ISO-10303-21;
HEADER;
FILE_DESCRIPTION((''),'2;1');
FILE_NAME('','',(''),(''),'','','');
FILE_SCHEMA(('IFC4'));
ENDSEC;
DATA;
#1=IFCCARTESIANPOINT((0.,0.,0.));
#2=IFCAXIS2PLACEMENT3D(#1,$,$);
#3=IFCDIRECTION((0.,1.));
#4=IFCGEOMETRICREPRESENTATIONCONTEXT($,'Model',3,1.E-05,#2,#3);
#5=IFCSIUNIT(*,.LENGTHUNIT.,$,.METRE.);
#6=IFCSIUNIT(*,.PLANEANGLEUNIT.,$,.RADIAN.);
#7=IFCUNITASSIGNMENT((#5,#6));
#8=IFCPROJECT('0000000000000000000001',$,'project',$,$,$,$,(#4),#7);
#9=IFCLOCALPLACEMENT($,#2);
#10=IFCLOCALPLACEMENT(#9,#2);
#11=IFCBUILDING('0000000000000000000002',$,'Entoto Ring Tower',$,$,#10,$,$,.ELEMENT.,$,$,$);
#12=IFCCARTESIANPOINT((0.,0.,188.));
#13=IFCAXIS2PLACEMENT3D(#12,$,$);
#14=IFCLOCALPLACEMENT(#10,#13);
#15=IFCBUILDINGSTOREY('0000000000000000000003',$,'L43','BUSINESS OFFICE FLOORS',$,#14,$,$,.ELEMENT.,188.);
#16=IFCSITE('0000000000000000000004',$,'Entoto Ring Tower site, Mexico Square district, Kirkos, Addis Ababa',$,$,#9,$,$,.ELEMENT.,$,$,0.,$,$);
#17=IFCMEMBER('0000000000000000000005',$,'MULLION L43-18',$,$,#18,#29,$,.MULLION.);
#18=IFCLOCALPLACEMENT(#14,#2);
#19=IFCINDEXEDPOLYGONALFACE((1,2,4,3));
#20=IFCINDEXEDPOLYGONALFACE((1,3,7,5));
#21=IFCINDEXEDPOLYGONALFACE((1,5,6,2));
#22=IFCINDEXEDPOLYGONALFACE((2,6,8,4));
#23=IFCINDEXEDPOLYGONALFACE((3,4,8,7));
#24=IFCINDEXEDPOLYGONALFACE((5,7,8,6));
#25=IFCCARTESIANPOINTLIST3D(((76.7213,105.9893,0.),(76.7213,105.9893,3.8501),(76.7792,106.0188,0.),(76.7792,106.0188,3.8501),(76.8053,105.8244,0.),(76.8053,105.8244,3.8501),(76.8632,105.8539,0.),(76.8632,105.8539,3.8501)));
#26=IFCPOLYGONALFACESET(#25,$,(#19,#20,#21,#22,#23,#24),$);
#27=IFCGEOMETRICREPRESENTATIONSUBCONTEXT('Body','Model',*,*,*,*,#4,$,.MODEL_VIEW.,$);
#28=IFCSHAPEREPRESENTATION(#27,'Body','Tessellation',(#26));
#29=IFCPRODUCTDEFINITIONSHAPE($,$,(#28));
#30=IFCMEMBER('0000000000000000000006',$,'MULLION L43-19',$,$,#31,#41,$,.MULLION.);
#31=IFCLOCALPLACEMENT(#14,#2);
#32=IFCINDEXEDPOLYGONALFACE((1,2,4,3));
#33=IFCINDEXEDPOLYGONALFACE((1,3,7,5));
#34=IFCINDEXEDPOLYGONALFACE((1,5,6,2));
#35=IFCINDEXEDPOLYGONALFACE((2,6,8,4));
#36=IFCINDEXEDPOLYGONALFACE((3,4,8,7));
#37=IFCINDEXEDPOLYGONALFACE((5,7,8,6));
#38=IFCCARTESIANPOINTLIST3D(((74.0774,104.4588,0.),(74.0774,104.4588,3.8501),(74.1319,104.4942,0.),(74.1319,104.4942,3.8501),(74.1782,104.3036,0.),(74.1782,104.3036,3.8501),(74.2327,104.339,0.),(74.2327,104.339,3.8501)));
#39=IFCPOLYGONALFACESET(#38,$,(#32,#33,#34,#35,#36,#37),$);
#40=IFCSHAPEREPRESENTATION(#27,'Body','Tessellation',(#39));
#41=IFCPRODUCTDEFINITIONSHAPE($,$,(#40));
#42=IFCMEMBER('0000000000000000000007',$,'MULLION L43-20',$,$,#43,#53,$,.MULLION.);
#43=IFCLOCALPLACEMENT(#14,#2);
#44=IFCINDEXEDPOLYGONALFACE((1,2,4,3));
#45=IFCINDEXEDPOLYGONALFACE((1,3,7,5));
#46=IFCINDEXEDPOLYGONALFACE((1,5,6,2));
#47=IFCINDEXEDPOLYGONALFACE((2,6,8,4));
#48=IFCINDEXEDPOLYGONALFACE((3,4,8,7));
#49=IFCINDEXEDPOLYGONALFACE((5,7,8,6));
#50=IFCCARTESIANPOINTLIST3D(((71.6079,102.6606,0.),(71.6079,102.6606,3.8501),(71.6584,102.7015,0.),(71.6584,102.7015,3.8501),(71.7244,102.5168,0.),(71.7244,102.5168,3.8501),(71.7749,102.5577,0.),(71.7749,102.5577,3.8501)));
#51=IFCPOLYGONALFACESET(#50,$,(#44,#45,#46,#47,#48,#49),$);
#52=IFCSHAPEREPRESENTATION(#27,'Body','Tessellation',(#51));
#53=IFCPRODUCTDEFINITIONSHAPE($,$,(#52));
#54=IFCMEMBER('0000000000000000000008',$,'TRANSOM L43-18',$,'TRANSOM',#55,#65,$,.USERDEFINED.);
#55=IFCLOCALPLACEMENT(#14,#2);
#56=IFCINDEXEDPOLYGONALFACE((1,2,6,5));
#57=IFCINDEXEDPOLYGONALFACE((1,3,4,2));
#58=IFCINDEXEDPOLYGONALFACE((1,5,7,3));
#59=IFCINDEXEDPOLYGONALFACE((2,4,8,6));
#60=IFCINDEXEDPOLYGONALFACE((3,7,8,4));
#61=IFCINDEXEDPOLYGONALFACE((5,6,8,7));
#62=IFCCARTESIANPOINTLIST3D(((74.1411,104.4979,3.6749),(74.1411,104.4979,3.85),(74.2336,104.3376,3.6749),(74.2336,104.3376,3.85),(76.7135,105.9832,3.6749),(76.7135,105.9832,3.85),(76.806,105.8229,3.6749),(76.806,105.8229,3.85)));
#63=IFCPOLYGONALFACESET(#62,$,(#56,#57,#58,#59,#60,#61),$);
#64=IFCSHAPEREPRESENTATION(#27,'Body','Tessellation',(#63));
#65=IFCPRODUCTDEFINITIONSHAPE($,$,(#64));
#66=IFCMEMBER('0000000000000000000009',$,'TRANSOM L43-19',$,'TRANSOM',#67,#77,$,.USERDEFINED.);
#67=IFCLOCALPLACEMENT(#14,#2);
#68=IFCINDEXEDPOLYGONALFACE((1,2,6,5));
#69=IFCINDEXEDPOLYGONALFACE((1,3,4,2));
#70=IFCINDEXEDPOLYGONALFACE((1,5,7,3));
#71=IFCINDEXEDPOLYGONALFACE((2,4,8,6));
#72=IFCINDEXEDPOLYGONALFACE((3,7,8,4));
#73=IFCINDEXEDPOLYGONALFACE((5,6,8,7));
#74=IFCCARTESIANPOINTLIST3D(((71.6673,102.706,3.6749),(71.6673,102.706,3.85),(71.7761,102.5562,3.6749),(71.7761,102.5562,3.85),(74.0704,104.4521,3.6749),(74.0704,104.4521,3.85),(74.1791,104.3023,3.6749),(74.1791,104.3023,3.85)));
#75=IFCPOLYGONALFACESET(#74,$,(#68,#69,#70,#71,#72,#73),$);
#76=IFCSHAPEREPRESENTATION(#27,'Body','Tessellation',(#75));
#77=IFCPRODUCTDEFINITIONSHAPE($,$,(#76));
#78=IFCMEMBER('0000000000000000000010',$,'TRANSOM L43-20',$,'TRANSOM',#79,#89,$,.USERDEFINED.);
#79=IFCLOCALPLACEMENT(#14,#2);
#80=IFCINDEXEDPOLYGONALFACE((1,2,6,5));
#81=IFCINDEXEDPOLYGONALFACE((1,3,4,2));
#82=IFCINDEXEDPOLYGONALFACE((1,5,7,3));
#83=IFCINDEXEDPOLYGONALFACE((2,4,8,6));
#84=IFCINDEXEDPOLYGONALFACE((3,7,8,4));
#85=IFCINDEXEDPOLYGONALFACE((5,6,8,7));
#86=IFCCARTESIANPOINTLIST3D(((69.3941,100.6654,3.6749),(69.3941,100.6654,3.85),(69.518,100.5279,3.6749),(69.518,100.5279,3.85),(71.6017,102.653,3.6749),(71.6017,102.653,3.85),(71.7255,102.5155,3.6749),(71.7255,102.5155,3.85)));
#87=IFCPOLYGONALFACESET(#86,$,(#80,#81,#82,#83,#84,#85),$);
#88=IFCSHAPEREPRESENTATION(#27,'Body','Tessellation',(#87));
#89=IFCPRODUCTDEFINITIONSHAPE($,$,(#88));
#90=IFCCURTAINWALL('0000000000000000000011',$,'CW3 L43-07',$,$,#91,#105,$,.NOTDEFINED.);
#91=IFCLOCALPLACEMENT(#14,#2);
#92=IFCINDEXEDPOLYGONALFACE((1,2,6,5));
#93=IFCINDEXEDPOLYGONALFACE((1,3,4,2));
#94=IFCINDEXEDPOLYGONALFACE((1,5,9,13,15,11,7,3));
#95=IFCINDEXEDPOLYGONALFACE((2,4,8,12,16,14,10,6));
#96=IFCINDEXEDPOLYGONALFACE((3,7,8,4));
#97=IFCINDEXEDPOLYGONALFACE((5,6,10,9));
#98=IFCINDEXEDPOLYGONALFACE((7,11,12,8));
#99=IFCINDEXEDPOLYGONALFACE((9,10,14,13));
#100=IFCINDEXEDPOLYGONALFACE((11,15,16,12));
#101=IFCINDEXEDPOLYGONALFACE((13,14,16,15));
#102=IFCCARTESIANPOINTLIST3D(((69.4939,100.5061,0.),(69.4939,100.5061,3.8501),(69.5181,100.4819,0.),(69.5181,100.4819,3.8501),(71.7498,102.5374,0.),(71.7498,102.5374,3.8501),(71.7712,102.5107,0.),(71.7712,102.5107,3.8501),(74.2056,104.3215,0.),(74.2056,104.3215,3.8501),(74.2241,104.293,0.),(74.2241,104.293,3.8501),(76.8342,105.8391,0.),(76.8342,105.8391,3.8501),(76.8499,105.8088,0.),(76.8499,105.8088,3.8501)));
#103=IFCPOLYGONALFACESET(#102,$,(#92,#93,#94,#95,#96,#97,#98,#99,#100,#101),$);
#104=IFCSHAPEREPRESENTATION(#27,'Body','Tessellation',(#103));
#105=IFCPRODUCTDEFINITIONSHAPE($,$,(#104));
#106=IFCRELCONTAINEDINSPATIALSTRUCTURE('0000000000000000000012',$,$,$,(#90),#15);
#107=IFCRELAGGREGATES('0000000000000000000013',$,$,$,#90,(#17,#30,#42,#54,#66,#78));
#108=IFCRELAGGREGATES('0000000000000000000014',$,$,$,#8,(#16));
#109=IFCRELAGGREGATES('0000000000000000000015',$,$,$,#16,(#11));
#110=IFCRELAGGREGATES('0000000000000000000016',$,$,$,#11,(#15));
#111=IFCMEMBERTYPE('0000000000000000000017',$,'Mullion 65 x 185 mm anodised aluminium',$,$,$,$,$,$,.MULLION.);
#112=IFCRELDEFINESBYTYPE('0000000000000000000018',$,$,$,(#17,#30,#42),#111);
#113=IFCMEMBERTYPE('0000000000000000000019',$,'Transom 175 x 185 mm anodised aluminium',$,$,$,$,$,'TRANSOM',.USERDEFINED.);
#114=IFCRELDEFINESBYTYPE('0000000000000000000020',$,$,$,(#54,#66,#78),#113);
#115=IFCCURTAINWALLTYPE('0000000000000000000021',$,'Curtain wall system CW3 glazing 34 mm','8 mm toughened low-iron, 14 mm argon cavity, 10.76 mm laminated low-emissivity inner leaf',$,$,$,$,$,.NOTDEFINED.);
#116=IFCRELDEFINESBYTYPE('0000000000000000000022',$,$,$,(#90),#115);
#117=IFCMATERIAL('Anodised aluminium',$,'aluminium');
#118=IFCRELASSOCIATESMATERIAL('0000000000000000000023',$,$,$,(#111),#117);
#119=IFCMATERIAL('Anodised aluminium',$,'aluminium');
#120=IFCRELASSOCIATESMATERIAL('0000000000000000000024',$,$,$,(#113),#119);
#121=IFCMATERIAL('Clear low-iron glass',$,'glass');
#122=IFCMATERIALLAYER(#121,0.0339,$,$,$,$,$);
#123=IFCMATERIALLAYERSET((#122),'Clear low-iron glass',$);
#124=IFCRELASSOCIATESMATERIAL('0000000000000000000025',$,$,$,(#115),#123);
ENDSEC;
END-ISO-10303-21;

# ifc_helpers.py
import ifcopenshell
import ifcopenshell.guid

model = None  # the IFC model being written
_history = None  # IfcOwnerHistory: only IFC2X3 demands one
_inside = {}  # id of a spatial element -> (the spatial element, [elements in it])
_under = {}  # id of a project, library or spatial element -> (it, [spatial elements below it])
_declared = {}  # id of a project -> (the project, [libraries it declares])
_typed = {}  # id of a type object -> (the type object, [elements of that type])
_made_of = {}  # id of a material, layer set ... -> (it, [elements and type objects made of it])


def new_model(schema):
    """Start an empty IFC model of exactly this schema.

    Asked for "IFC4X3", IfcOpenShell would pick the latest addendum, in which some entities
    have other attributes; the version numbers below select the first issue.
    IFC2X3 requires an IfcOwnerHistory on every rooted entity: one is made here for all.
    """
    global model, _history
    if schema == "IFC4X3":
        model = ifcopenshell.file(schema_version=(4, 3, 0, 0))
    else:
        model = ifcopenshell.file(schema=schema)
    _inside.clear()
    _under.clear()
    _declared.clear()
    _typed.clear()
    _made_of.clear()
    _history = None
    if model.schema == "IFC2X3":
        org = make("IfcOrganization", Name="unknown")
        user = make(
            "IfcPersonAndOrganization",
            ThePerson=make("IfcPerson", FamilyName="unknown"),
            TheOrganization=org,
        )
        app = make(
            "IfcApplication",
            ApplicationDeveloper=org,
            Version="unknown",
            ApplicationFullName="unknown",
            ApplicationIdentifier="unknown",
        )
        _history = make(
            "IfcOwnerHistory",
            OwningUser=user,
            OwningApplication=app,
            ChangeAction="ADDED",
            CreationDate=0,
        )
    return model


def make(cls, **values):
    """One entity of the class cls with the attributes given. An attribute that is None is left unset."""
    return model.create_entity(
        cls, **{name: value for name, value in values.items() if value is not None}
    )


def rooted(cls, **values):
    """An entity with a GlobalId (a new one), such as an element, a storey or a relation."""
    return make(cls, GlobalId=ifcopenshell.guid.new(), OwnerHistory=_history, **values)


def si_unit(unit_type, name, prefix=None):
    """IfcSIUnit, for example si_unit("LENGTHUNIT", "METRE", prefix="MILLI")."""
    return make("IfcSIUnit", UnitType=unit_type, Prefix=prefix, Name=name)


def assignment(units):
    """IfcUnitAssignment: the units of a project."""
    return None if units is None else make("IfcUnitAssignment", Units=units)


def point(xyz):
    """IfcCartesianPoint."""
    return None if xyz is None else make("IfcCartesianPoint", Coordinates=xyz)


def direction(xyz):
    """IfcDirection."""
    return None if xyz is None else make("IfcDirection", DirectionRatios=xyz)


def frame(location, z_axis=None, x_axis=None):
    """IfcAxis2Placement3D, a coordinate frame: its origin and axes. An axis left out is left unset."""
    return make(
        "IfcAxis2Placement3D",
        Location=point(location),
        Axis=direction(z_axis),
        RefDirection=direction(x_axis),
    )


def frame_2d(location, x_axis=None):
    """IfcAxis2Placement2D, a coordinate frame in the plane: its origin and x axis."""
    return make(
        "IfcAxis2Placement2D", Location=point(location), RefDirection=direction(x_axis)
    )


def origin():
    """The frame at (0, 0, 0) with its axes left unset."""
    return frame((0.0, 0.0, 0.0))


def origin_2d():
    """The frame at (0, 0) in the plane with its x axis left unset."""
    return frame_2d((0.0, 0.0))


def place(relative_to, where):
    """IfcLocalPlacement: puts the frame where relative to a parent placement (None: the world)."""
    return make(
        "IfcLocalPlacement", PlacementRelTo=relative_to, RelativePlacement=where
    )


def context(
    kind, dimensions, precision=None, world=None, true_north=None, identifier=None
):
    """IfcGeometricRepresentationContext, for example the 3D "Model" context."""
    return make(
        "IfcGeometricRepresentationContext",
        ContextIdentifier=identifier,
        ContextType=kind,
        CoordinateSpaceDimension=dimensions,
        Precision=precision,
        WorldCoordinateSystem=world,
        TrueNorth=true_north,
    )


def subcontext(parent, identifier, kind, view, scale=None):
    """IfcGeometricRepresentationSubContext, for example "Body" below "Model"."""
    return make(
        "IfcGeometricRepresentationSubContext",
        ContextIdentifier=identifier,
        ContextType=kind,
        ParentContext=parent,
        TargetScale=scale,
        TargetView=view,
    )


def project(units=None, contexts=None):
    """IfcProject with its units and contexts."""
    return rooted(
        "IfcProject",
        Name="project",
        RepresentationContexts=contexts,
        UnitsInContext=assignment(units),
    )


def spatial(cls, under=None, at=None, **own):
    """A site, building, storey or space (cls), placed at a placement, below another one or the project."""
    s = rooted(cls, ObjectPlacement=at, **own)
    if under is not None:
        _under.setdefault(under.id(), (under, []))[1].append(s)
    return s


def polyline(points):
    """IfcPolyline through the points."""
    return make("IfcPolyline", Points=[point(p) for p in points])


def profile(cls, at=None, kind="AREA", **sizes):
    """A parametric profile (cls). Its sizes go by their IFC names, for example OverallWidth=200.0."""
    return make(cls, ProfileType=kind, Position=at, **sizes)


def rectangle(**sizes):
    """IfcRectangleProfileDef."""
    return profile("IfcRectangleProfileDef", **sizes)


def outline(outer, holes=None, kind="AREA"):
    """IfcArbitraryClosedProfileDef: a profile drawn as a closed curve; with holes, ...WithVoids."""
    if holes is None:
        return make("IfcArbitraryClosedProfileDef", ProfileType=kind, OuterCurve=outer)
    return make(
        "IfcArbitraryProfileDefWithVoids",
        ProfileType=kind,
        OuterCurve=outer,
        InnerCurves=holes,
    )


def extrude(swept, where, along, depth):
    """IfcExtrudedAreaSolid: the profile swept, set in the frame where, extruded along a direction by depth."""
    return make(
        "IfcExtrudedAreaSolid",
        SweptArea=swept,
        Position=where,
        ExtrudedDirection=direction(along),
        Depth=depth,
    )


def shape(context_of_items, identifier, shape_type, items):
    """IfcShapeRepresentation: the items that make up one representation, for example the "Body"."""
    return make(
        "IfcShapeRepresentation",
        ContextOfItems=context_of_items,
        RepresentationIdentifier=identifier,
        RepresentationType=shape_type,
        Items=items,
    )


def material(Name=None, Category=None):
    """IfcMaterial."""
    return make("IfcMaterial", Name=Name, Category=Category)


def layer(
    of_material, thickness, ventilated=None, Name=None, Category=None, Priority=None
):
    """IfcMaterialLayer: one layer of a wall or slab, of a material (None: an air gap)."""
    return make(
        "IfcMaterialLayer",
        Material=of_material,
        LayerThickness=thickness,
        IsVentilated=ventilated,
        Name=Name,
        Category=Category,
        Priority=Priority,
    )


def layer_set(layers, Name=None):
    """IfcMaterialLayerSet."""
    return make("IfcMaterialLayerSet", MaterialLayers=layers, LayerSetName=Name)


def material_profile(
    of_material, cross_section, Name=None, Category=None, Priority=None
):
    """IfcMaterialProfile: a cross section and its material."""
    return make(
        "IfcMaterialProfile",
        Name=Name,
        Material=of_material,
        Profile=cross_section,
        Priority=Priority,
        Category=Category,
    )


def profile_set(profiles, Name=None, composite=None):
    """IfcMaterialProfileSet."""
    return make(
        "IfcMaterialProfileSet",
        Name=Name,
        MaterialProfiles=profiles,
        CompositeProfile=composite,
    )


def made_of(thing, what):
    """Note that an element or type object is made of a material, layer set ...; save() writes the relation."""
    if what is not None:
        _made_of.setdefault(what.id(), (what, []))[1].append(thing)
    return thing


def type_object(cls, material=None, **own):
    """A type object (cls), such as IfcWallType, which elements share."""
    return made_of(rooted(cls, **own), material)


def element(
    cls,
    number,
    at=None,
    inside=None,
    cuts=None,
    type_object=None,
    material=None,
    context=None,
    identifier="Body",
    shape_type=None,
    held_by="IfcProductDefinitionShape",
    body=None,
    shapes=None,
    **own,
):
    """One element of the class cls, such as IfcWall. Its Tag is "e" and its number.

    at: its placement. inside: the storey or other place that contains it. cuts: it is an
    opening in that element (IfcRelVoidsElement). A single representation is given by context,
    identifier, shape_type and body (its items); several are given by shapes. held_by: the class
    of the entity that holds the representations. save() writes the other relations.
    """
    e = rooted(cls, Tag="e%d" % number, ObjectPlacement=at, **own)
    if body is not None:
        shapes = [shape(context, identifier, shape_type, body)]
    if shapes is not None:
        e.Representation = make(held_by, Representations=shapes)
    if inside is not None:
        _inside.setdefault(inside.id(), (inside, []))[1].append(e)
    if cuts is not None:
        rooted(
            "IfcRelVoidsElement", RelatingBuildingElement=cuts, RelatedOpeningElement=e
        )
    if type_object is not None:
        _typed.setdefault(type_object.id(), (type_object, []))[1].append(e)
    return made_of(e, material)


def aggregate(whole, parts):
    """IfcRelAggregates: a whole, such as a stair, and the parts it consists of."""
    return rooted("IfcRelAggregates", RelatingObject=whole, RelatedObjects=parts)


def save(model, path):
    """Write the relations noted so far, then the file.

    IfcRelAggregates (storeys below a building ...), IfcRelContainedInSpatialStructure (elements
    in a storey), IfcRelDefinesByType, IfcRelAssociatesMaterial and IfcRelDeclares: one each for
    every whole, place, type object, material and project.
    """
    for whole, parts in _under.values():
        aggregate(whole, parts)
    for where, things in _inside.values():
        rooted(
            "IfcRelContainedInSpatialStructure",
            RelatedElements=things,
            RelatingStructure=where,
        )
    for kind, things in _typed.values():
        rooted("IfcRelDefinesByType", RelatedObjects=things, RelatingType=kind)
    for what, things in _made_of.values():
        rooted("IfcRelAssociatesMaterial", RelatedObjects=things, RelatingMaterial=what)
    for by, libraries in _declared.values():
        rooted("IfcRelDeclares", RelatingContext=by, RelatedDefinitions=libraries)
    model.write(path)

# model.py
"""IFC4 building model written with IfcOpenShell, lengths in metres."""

from ifc_helpers import new_model, si_unit, direction, frame, origin, origin_2d, place, context, subcontext, project, spatial, polyline, rectangle, outline, extrude, material, layer, layer_set, material_profile, profile_set, type_object, element, aggregate, save


model = new_model("IFC4")

# Units and contexts
model_context = context("Model", 3, precision=1e-05, world=origin(), true_north=direction((0.0, 1.0)))
body_context = subcontext(model_context, "Body", "Model", "MODEL_VIEW")
ifc_project = project(units=[si_unit("LENGTHUNIT", "METRE"), si_unit("PLANEANGLEUNIT", "RADIAN")], contexts=[model_context])

# Members
ifc_material_1 = material(Name="Anodised aluminium", Category="aluminium")
ifc_material_profile_1 = material_profile(ifc_material_1, rectangle(XDim=0.0649, YDim=0.1851, at=origin_2d()), Name="Mullion 65 x 185 mm anodised aluminium")
ifc_profile_set_1 = profile_set([ifc_material_profile_1], Name="Anodised aluminium")
member_type_1 = type_object("IfcMemberType", Name="Mullion 65 x 185 mm anodised aluminium", PredefinedType="MULLION", material=ifc_profile_set_1)
site_placement = place(None, origin())
building_placement = place(site_placement, origin())
storey_placement = place(building_placement, frame((0.0, 0.0, 188.0)))
member_1_placement = place(storey_placement, frame((76.7922, 105.9216, 0.0), z_axis=(0.0, 0.0, 1.0), x_axis=(-0.891007, -0.45399, 0.0)))
member_1 = element("IfcMember", 1, at=member_1_placement, type_object=member_type_1, Name="MULLION L43-18", PredefinedType="MULLION", context=body_context, shape_type="SweptSolid", body=[
    extrude(rectangle(XDim=0.0649, YDim=0.1851, at=origin_2d()), origin(), (0.0, 0.0, 1.0), 3.8501),
])
member_2_placement = place(storey_placement, frame((74.155, 104.3989, 0.0), z_axis=(0.0, 0.0, 1.0), x_axis=(-0.838671, -0.544639, 0.0)))
member_2 = element("IfcMember", 2, at=member_2_placement, type_object=member_type_1, Name="MULLION L43-19", PredefinedType="MULLION", context=body_context, shape_type="SweptSolid", body=[
    extrude(rectangle(XDim=0.0649, YDim=0.1851, at=origin_2d()), origin(), (0.0, 0.0, 1.0), 3.8501),
])
member_3_placement = place(storey_placement, frame((71.6914, 102.6091, 0.0), z_axis=(0.0, 0.0, 1.0), x_axis=(-0.777146, -0.62932, 0.0)))
member_3 = element("IfcMember", 3, at=member_3_placement, type_object=member_type_1, Name="MULLION L43-20", PredefinedType="MULLION", context=body_context, shape_type="SweptSolid", body=[
    extrude(rectangle(XDim=0.0649, YDim=0.1851, at=origin_2d()), origin(), (0.0, 0.0, 1.0), 3.8501),
])
ifc_material_2 = material(Name="Anodised aluminium", Category="aluminium")
ifc_material_profile_2 = material_profile(ifc_material_2, rectangle(XDim=0.1851, YDim=0.175, at=origin_2d()), Name="Transom 175 x 185 mm anodised aluminium")
ifc_profile_set_2 = profile_set([ifc_material_profile_2], Name="Anodised aluminium")
member_type_2 = type_object("IfcMemberType", Name="Transom 175 x 185 mm anodised aluminium", ElementType="TRANSOM", PredefinedType="USERDEFINED", material=ifc_profile_set_2)
member_4_placement = place(storey_placement, frame((76.7598, 105.9031, 3.7625), z_axis=(-0.866009, -0.500028, 0.0), x_axis=(0.500028, -0.866009, 0.0)))
member_4 = element("IfcMember", 4, at=member_4_placement, type_object=member_type_2, Name="TRANSOM L43-18", ObjectType="TRANSOM", PredefinedType="USERDEFINED", context=body_context, shape_type="SweptSolid", body=[
    extrude(rectangle(XDim=0.1851, YDim=0.175, at=origin_2d()), origin(), (0.0, 0.0, 1.0), 2.9705),
])
member_5_placement = place(storey_placement, frame((74.1248, 104.3772, 3.7625), z_axis=(-0.808992, -0.58782, 0.0), x_axis=(0.58782, -0.808992, 0.0)))
member_5 = element("IfcMember", 5, at=member_5_placement, type_object=member_type_2, Name="TRANSOM L43-19", ObjectType="TRANSOM", PredefinedType="USERDEFINED", context=body_context, shape_type="SweptSolid", body=[
    extrude(rectangle(XDim=0.1851, YDim=0.175, at=origin_2d()), origin(), (0.0, 0.0, 1.0), 2.9705),
])
member_6_placement = place(storey_placement, frame((71.6636, 102.5842, 3.7625), z_axis=(-0.743163, -0.66911, 0.0), x_axis=(0.66911, -0.743163, 0.0)))
member_6 = element("IfcMember", 6, at=member_6_placement, type_object=member_type_2, Name="TRANSOM L43-20", ObjectType="TRANSOM", PredefinedType="USERDEFINED", context=body_context, shape_type="SweptSolid", body=[
    extrude(rectangle(XDim=0.1851, YDim=0.175, at=origin_2d()), origin(), (0.0, 0.0, 1.0), 2.9705),
])

# Site, building, storey
site = spatial("IfcSite", under=ifc_project, at=site_placement, Name="Entoto Ring Tower site, Mexico Square district, Kirkos, Addis Ababa", CompositionType="ELEMENT", RefElevation=0.0)
building = spatial("IfcBuilding", under=site, at=building_placement, Name="Entoto Ring Tower", CompositionType="ELEMENT")
storey = spatial("IfcBuildingStorey", under=building, at=storey_placement, Name="L43", Description="BUSINESS OFFICE FLOORS", CompositionType="ELEMENT", Elevation=188.0)

# Curtain wall
ifc_material_3 = material(Name="Clear low-iron glass", Category="glass")
ifc_layer = layer(ifc_material_3, 0.0339)
ifc_layer_set = layer_set([ifc_layer], Name="Clear low-iron glass")
curtain_wall_type = type_object("IfcCurtainWallType", Name="Curtain wall system CW3 glazing 34 mm", Description="8 mm toughened low-iron, 14 mm argon cavity, 10.76 mm laminated low-emissivity inner leaf", PredefinedType="NOTDEFINED", material=ifc_layer_set)
curtain_wall_1_placement = place(storey_placement, origin())
curtain_wall_1 = element("IfcCurtainWall", 7, at=curtain_wall_1_placement, inside=storey, type_object=curtain_wall_type, Name="CW3 L43-07", PredefinedType="NOTDEFINED", context=body_context, shape_type="SweptSolid", body=[
    extrude(outline(polyline([(76.8342, 105.8391), (74.2056, 104.3215), (71.7498, 102.5374), (69.4939, 100.5061), (69.5181, 100.4819), (71.7712, 102.5107), (74.2241, 104.293), (76.8499, 105.8088), (76.8342, 105.8391)])), origin(), (0.0, 0.0, 1.0), 3.8501),
])
aggregate(curtain_wall_1, [member_1, member_2, member_3, member_4, member_5, member_6])

save(model, "model.ifc")
